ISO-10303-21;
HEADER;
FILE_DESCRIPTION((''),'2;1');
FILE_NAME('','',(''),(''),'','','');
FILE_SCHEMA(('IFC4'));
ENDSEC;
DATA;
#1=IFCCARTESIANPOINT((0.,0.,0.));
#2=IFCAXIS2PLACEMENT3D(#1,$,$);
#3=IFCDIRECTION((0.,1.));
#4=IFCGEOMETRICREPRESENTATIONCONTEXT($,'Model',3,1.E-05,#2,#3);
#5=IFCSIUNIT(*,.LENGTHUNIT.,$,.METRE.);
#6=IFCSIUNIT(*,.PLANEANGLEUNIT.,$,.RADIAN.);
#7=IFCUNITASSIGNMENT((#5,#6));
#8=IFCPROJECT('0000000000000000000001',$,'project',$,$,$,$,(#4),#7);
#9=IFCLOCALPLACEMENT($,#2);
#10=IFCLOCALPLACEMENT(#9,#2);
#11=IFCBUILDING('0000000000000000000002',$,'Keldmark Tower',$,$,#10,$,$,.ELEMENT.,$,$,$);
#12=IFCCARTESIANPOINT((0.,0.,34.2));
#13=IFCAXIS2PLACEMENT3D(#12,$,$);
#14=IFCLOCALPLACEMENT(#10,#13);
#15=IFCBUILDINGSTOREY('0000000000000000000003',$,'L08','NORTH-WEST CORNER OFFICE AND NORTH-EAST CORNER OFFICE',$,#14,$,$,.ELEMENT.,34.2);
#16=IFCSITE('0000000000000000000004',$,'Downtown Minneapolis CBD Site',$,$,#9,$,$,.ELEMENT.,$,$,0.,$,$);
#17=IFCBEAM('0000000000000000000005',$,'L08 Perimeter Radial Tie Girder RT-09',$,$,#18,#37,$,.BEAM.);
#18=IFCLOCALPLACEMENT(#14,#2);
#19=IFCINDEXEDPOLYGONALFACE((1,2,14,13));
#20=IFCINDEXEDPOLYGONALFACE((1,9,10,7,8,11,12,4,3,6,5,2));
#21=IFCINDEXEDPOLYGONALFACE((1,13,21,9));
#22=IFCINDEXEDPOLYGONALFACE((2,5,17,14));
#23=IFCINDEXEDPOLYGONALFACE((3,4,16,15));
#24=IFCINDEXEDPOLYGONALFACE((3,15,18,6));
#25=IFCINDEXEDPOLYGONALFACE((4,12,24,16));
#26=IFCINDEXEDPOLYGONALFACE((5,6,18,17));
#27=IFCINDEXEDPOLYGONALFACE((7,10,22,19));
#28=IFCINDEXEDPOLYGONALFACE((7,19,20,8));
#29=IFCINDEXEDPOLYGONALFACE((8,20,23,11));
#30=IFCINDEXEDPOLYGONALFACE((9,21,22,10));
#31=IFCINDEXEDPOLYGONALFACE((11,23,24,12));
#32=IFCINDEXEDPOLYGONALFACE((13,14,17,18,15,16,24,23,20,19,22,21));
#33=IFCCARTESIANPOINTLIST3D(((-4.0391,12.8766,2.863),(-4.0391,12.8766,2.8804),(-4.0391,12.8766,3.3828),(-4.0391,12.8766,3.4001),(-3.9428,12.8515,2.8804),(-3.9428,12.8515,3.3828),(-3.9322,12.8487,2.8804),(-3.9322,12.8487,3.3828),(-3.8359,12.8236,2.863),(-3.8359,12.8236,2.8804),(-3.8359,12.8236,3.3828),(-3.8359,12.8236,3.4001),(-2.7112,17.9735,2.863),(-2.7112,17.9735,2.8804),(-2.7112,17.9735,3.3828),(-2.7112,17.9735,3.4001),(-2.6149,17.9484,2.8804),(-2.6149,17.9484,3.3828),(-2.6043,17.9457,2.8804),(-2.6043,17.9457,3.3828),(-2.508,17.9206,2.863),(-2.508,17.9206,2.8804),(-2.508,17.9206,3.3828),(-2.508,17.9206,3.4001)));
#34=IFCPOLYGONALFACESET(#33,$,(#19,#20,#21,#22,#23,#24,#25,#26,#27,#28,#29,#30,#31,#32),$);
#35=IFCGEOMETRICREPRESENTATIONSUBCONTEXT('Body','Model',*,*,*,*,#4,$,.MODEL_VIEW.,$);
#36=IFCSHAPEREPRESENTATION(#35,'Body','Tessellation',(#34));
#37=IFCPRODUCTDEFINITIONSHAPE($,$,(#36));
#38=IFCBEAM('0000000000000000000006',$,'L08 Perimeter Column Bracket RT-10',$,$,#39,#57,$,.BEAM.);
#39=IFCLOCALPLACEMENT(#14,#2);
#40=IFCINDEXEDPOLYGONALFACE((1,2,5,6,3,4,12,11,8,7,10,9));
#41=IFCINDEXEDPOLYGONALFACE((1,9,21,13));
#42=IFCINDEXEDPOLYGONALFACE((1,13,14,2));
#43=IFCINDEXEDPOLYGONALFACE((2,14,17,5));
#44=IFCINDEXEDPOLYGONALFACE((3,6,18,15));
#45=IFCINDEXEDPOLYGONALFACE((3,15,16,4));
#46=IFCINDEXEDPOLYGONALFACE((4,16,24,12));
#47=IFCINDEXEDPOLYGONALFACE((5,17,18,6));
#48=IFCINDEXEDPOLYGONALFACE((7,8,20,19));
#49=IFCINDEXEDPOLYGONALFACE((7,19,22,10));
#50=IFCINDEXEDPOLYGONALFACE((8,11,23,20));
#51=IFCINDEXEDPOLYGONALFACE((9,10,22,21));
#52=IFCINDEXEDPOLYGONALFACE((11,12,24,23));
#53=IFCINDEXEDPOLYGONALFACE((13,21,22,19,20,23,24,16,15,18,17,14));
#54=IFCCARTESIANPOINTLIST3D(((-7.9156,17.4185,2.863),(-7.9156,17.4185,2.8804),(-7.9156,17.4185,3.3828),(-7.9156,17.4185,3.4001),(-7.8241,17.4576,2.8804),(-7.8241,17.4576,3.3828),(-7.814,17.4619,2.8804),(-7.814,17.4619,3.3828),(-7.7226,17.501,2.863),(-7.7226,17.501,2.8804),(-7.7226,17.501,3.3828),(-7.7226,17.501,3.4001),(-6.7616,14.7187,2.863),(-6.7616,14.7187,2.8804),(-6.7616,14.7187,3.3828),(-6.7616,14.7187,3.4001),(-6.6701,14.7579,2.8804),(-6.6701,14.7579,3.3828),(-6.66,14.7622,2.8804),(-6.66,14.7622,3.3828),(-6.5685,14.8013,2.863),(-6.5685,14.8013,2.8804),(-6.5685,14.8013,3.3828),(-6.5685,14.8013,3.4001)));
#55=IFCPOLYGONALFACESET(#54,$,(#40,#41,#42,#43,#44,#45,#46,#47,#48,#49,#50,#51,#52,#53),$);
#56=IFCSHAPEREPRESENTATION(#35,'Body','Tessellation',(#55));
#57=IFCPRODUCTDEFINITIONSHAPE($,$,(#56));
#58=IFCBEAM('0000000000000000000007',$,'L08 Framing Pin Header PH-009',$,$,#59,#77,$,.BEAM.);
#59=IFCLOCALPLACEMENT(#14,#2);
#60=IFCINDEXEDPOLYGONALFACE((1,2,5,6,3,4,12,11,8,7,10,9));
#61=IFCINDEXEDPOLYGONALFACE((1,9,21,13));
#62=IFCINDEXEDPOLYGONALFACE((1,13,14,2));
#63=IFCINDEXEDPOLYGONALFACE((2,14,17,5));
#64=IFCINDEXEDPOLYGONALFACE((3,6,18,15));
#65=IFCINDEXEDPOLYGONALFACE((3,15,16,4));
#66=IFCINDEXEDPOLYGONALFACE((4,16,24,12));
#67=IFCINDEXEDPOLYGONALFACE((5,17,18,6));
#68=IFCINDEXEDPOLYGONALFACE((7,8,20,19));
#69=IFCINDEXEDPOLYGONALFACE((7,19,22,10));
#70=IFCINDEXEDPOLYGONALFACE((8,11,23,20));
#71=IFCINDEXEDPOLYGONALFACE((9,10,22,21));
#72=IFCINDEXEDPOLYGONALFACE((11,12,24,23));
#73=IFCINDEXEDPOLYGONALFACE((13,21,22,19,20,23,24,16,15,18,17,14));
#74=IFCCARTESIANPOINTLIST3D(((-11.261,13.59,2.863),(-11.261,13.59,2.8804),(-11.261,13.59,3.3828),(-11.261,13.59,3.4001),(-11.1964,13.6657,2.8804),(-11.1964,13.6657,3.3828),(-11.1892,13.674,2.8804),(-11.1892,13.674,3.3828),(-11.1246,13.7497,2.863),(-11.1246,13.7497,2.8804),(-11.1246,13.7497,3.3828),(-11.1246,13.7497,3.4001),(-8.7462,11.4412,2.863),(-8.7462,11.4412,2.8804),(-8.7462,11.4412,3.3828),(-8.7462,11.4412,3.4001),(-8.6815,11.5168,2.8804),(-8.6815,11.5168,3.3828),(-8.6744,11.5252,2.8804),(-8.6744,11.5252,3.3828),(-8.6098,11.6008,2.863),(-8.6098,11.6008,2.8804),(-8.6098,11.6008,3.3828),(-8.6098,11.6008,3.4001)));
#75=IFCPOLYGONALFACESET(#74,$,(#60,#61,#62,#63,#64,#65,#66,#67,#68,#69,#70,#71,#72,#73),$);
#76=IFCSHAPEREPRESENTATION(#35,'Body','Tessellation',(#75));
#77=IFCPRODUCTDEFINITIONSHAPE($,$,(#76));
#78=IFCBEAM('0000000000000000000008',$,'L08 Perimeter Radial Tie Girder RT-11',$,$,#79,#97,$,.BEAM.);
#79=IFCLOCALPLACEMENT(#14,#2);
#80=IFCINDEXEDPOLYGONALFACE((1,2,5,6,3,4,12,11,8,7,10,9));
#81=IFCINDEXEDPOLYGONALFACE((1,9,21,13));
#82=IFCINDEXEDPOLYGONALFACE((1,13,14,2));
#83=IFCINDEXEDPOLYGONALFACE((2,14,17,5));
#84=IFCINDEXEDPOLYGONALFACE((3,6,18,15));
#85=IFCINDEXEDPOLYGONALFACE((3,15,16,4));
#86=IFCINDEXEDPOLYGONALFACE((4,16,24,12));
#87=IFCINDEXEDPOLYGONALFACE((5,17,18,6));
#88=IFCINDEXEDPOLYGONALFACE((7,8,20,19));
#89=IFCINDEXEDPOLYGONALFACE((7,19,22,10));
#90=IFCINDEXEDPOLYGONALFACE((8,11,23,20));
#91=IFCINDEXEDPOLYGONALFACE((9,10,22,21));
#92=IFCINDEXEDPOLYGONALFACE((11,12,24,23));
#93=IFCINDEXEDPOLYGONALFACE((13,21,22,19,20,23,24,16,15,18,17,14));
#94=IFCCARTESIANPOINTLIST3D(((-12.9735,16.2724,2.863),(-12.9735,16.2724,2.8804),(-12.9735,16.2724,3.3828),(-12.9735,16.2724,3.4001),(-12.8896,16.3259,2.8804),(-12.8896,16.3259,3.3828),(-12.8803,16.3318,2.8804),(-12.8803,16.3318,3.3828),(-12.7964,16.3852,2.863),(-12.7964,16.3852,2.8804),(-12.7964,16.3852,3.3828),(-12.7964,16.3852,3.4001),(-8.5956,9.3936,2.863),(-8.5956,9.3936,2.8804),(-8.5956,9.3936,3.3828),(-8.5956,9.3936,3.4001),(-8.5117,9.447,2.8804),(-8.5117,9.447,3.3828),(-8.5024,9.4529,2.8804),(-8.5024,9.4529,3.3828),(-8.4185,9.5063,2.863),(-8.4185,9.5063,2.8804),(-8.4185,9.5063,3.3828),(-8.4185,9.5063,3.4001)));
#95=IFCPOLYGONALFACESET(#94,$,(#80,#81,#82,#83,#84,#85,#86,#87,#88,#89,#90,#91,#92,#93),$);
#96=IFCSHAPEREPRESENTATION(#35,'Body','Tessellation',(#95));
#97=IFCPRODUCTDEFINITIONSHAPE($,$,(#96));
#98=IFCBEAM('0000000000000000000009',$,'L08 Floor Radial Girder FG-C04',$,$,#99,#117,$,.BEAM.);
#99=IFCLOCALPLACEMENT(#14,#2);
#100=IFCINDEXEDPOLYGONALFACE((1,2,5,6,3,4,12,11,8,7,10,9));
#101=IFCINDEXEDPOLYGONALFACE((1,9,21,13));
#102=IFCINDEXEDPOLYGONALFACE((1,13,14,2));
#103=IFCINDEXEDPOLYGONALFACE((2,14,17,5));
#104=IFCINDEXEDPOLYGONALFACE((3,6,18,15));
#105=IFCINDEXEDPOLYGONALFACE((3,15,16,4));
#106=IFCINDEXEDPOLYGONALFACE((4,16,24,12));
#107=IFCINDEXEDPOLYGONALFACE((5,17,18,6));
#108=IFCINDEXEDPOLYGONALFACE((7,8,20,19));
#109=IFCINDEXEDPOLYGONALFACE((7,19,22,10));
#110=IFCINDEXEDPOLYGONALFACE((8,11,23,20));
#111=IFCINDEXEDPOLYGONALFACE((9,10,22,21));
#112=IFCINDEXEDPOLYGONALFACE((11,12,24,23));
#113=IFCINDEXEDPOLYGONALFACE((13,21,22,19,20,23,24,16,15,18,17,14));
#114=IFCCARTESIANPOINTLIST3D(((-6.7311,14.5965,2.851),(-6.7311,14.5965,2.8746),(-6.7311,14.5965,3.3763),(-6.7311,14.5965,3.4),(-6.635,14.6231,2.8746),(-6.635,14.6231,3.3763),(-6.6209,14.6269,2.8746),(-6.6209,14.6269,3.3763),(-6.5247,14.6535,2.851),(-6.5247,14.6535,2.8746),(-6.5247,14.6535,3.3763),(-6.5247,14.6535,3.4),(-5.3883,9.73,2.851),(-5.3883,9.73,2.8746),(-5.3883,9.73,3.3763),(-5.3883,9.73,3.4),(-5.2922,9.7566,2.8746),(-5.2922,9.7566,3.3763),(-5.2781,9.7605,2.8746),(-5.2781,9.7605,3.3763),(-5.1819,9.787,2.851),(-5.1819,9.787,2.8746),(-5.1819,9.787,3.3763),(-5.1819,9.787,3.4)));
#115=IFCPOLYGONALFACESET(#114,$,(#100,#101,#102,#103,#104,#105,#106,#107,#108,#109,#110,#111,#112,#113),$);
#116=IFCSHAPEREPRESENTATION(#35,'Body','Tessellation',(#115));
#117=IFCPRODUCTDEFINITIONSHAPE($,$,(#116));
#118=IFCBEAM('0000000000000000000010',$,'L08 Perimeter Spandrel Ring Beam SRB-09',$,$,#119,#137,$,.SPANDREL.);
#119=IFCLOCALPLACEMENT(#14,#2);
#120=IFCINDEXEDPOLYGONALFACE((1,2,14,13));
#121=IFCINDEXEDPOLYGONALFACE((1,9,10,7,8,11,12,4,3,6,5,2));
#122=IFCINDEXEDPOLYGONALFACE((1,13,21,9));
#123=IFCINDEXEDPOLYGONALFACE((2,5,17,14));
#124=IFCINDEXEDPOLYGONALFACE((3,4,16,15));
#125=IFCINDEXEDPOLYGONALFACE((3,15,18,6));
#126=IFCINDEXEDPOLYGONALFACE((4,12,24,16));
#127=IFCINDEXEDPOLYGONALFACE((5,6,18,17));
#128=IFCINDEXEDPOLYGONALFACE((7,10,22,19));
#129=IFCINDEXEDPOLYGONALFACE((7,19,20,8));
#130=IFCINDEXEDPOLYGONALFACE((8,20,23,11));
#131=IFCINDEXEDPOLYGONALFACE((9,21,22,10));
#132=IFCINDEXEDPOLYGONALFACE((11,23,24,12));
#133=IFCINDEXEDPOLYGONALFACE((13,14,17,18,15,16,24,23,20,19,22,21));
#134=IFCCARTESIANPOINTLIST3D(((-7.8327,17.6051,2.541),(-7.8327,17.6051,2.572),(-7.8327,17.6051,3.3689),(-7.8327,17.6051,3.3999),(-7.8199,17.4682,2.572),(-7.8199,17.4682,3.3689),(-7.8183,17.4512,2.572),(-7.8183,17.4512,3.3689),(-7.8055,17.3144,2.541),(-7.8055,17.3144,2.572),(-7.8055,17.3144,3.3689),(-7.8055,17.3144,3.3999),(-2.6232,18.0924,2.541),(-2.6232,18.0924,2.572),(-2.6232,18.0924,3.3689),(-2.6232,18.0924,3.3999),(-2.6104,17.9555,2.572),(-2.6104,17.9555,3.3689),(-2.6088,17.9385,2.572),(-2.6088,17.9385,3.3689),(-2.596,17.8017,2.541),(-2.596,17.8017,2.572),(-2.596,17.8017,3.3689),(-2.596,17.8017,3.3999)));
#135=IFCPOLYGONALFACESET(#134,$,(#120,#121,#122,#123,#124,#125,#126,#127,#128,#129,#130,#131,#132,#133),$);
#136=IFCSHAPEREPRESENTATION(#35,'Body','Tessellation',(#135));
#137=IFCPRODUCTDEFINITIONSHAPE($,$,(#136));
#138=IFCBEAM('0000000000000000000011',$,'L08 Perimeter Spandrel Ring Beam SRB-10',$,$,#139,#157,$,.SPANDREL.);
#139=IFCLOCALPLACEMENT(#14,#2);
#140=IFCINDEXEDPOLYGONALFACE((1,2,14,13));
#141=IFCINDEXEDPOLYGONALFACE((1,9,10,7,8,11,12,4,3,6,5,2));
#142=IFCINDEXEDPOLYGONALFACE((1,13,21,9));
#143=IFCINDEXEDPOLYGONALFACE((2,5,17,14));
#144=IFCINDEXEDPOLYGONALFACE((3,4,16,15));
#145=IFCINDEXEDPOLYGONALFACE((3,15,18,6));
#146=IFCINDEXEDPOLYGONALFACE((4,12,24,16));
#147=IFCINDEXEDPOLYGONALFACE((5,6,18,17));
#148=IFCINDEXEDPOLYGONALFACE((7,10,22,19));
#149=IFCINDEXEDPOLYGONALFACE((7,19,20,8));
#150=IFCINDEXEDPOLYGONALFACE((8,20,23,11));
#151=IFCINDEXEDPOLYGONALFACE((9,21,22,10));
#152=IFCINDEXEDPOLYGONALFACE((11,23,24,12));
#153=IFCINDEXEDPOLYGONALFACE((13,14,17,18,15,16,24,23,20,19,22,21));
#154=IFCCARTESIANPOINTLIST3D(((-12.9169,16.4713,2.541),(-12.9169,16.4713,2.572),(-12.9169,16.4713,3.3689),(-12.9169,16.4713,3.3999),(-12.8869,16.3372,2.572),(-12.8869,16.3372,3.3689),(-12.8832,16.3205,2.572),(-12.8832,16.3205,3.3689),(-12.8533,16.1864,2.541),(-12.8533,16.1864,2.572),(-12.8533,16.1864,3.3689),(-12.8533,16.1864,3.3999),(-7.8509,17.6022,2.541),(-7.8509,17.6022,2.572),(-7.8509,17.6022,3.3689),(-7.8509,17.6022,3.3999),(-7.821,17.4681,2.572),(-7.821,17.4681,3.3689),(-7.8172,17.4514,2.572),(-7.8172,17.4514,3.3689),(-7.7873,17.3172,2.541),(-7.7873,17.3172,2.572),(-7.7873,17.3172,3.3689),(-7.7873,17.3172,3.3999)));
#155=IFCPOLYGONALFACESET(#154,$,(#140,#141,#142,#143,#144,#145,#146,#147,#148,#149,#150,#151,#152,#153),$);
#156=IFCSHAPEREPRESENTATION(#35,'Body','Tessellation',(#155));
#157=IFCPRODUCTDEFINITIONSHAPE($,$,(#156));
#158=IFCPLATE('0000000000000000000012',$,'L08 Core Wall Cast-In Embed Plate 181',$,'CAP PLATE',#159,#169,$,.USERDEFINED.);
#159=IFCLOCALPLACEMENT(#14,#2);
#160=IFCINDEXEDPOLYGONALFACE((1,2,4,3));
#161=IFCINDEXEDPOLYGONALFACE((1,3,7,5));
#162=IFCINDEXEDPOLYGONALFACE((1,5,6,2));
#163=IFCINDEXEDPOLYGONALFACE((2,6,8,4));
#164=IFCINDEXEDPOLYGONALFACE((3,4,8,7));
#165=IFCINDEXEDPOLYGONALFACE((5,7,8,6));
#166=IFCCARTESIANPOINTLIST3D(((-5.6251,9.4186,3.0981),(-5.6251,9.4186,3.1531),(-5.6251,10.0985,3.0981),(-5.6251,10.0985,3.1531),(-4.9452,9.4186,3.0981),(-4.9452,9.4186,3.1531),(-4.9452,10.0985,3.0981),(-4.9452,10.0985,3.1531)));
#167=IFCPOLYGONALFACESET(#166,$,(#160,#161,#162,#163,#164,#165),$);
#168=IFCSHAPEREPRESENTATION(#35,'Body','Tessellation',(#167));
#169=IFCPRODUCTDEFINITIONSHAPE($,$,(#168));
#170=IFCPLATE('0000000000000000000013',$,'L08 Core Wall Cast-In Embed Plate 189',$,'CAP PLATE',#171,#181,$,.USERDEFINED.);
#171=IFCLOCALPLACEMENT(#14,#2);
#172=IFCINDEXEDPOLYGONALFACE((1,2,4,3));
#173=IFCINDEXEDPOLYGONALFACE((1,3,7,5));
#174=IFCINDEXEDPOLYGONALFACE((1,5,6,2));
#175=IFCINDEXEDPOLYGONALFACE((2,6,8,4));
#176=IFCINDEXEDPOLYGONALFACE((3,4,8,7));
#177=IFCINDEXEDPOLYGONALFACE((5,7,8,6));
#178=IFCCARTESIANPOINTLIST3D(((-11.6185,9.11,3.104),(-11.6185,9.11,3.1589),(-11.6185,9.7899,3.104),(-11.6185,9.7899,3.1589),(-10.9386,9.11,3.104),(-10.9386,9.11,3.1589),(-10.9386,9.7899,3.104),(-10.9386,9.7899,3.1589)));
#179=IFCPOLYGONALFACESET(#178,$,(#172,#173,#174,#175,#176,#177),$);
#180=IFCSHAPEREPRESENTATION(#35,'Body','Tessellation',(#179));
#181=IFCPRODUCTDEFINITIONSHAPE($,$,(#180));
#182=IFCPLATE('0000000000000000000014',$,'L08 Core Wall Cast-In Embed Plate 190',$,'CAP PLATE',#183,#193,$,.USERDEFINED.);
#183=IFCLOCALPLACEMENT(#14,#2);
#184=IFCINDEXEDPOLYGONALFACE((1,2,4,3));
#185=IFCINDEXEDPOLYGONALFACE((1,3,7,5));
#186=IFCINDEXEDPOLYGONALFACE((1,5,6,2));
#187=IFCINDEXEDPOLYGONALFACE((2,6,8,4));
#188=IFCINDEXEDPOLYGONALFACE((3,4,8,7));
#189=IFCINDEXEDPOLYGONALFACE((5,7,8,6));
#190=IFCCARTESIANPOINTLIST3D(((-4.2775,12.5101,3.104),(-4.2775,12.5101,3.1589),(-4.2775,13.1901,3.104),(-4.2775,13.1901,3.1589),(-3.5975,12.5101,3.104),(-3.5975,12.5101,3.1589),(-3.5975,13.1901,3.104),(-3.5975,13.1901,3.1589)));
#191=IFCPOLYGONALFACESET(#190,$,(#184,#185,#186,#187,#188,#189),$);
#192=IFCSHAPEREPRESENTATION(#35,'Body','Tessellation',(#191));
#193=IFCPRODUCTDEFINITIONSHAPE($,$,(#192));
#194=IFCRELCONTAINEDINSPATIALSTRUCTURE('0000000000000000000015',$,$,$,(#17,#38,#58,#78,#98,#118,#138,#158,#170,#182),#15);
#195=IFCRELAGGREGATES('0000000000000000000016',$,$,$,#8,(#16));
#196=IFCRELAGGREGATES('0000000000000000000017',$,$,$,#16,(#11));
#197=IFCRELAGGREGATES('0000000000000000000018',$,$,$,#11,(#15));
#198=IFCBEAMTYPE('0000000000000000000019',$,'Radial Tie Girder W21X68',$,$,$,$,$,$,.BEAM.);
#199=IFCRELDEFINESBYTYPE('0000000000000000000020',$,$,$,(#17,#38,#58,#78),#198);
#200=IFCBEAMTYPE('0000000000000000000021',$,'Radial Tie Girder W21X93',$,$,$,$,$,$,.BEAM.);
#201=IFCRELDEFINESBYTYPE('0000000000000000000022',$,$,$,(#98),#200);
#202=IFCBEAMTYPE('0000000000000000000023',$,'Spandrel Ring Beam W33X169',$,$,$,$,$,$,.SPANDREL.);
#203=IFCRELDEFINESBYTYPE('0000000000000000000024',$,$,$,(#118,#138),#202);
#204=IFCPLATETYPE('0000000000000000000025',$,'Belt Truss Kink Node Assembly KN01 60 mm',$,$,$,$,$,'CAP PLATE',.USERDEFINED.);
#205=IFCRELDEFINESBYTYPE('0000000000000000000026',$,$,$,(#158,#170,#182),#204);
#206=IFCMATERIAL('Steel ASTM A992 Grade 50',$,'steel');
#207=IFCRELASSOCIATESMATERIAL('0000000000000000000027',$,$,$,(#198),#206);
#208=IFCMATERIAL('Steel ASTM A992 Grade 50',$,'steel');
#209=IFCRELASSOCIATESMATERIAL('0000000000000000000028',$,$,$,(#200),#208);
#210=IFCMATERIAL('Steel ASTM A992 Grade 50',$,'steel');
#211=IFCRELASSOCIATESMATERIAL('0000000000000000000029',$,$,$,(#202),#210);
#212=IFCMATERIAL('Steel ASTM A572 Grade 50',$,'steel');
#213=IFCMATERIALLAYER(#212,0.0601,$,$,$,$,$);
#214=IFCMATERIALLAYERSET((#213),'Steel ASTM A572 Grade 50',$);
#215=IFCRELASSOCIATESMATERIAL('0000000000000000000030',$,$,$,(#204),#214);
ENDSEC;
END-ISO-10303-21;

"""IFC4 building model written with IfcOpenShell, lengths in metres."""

from ifc_helpers import new_model, si_unit, direction, frame, origin, origin_2d, place, context, subcontext, project, spatial, rectangle, i_section, extrude, material, layer, layer_set, material_profile, profile_set, type_object, element, save


model = new_model("IFC4")

# Units and contexts
model_context = context("Model", 3, precision=1e-05, world=origin(), true_north=direction((0.0, 1.0)))
body_context = subcontext(model_context, "Body", "Model", "MODEL_VIEW")
ifc_project = project(units=[si_unit("LENGTHUNIT", "METRE"), si_unit("PLANEANGLEUNIT", "RADIAN")], contexts=[model_context])

# Site, building, storey
site_placement = place(None, origin())
site = spatial("IfcSite", under=ifc_project, at=site_placement, Name="Downtown Minneapolis CBD Site", CompositionType="ELEMENT", RefElevation=0.0)
building_placement = place(site_placement, origin())
building = spatial("IfcBuilding", under=site, at=building_placement, Name="Keldmark Tower", CompositionType="ELEMENT")
storey_placement = place(building_placement, frame((0.0, 0.0, 34.2)))
storey = spatial("IfcBuildingStorey", under=building, at=storey_placement, Name="L08", Description="NORTH-WEST CORNER OFFICE AND NORTH-EAST CORNER OFFICE", CompositionType="ELEMENT", Elevation=34.2)

# Beams
ifc_material_1 = material(Name="Steel ASTM A992 Grade 50", Category="steel")
ifc_material_profile_1 = material_profile(ifc_material_1, i_section(OverallWidth=0.21, OverallDepth=0.5371, WebThickness=0.011, FlangeThickness=0.0173, at=origin_2d()), Name="W21X68")
ifc_profile_set_1 = profile_set([ifc_material_profile_1], Name="Steel ASTM A992 Grade 50")
beam_type_1 = type_object("IfcBeamType", Name="Radial Tie Girder W21X68", PredefinedType="BEAM", material=ifc_profile_set_1)
beam_1_placement = place(storey_placement, frame((-3.9375, 12.8501, 3.1316), z_axis=(0.252111, 0.967698, 0.0), x_axis=(-0.967698, 0.252111, 0.0)))
element("IfcBeam", 1, at=beam_1_placement, inside=storey, type_object=beam_type_1, Name="L08 Perimeter Radial Tie Girder RT-09", PredefinedType="BEAM", context=body_context, shape_type="SweptSolid", body=[
    extrude(i_section(OverallWidth=0.21, OverallDepth=0.5371, WebThickness=0.011, FlangeThickness=0.0173, at=origin_2d()), origin(), (0.0, 0.0, 1.0), 5.2671),
])
beam_2_placement = place(storey_placement, frame((-6.665, 14.76, 3.1316), z_axis=(-0.393066, 0.91951, 0.0), x_axis=(-0.91951, -0.393066, 0.0)))
element("IfcBeam", 2, at=beam_2_placement, inside=storey, type_object=beam_type_1, Name="L08 Perimeter Column Bracket RT-10", PredefinedType="BEAM", context=body_context, shape_type="SweptSolid", body=[
    extrude(i_section(OverallWidth=0.21, OverallDepth=0.5371, WebThickness=0.011, FlangeThickness=0.0173, at=origin_2d()), origin(), (0.0, 0.0, 1.0), 2.936),
])
beam_3_placement = place(storey_placement, frame((-8.678, 11.521, 3.1316), z_axis=(-0.760256, 0.649624, 0.0), x_axis=(-0.649624, -0.760256, 0.0)))
element("IfcBeam", 3, at=beam_3_placement, inside=storey, type_object=beam_type_1, Name="L08 Framing Pin Header PH-009", PredefinedType="BEAM", context=body_context, shape_type="SweptSolid", body=[
    extrude(i_section(OverallWidth=0.21, OverallDepth=0.5371, WebThickness=0.011, FlangeThickness=0.0173, at=origin_2d()), origin(), (0.0, 0.0, 1.0), 3.3079),
])
beam_4_placement = place(storey_placement, frame((-8.5071, 9.45, 3.1316), z_axis=(-0.536914, 0.843637, 0.0), x_axis=(-0.843637, -0.536914, 0.0)))
element("IfcBeam", 4, at=beam_4_placement, inside=storey, type_object=beam_type_1, Name="L08 Perimeter Radial Tie Girder RT-11", PredefinedType="BEAM", context=body_context, shape_type="SweptSolid", body=[
    extrude(i_section(OverallWidth=0.21, OverallDepth=0.5371, WebThickness=0.011, FlangeThickness=0.0173, at=origin_2d()), origin(), (0.0, 0.0, 1.0), 8.1538),
])
ifc_material_2 = material(Name="Steel ASTM A992 Grade 50", Category="steel")
ifc_material_profile_2 = material_profile(ifc_material_2, i_section(OverallWidth=0.2141, OverallDepth=0.5491, WebThickness=0.0146, FlangeThickness=0.0237, at=origin_2d()), Name="W21X93")
ifc_profile_set_2 = profile_set([ifc_material_profile_2], Name="Steel ASTM A992 Grade 50")
beam_type_2 = type_object("IfcBeamType", Name="Radial Tie Girder W21X93", PredefinedType="BEAM", material=ifc_profile_set_2)
beam_5_placement = place(storey_placement, frame((-6.6279, 14.625, 3.1255), z_axis=(0.265985, -0.963977, 0.0), x_axis=(0.963977, 0.265985, 0.0)))
element("IfcBeam", 5, at=beam_5_placement, inside=storey, type_object=beam_type_2, Name="L08 Floor Radial Girder FG-C04", PredefinedType="BEAM", context=body_context, shape_type="SweptSolid", body=[
    extrude(i_section(OverallWidth=0.2141, OverallDepth=0.5491, WebThickness=0.0146, FlangeThickness=0.0237, at=origin_2d()), origin(), (0.0, 0.0, 1.0), 5.0483),
])
ifc_material_3 = material(Name="Steel ASTM A992 Grade 50", Category="steel")
ifc_material_profile_3 = material_profile(ifc_material_3, i_section(OverallWidth=0.292, OverallDepth=0.8589, WebThickness=0.0171, FlangeThickness=0.031, at=origin_2d()), Name="W33X169")
ifc_profile_set_3 = profile_set([ifc_material_profile_3], Name="Steel ASTM A992 Grade 50")
beam_type_3 = type_object("IfcBeamType", Name="Spandrel Ring Beam W33X169", PredefinedType="SPANDREL", material=ifc_profile_set_3)
beam_6_placement = place(storey_placement, frame((-2.6096, 17.947, 2.9705), z_axis=(-0.995653, -0.093135, 0.0), x_axis=(0.093135, -0.995653, 0.0)))
element("IfcBeam", 6, at=beam_6_placement, inside=storey, type_object=beam_type_3, Name="L08 Perimeter Spandrel Ring Beam SRB-09", PredefinedType="SPANDREL", context=body_context, shape_type="SweptSolid", body=[
    extrude(i_section(OverallWidth=0.292, OverallDepth=0.8589, WebThickness=0.0171, FlangeThickness=0.031, at=origin_2d()), origin(), (0.0, 0.0, 1.0), 5.2322),
])
beam_7_placement = place(storey_placement, frame((-7.8191, 17.4597, 2.9705), z_axis=(-0.975979, -0.217867, 0.0), x_axis=(0.217867, -0.975979, 0.0)))
element("IfcBeam", 7, at=beam_7_placement, inside=storey, type_object=beam_type_3, Name="L08 Perimeter Spandrel Ring Beam SRB-10", PredefinedType="SPANDREL", context=body_context, shape_type="SweptSolid", body=[
    extrude(i_section(OverallWidth=0.292, OverallDepth=0.8589, WebThickness=0.0171, FlangeThickness=0.031, at=origin_2d()), origin(), (0.0, 0.0, 1.0), 5.1907),
])

# Plates
ifc_material_4 = material(Name="Steel ASTM A572 Grade 50", Category="steel")
ifc_layer_1 = layer(ifc_material_4, 0.0601)
ifc_layer_set_1 = layer_set([ifc_layer_1], Name="Steel ASTM A572 Grade 50")
plate_type_1 = type_object("IfcPlateType", Name="Belt Truss Kink Node Assembly KN01 60 mm", ElementType="CAP PLATE", PredefinedType="USERDEFINED", material=ifc_layer_set_1)
for number, where, z_axis, x_axis, name in (
    (8, (-5.2852, 9.7585, 3.0981), (0.0, 0.0, 1.0), (1.0, 0.0, 0.0), "L08 Core Wall Cast-In Embed Plate 181"),
    (9, (-11.2786, 9.45, 3.104), (0.0, 0.0, 1.0), (1.0, 0.0, 0.0), "L08 Core Wall Cast-In Embed Plate 189"),
    (10, (-3.9375, 12.8501, 3.104), (0.0, 0.0, 1.0), (1.0, 0.0, 0.0), "L08 Core Wall Cast-In Embed Plate 190"),
):
    element("IfcPlate", number, at=place(storey_placement, frame(where, z_axis=z_axis, x_axis=x_axis)), inside=storey, type_object=plate_type_1, Name=name, ObjectType="CAP PLATE", PredefinedType="USERDEFINED", context=body_context, shape_type="SweptSolid", body=[
        extrude(rectangle(XDim=0.6799, YDim=0.6799, at=origin_2d()), origin(), (0.0, 0.0, 1.0), 0.0549),
    ])

save(model, "model.ifc")
